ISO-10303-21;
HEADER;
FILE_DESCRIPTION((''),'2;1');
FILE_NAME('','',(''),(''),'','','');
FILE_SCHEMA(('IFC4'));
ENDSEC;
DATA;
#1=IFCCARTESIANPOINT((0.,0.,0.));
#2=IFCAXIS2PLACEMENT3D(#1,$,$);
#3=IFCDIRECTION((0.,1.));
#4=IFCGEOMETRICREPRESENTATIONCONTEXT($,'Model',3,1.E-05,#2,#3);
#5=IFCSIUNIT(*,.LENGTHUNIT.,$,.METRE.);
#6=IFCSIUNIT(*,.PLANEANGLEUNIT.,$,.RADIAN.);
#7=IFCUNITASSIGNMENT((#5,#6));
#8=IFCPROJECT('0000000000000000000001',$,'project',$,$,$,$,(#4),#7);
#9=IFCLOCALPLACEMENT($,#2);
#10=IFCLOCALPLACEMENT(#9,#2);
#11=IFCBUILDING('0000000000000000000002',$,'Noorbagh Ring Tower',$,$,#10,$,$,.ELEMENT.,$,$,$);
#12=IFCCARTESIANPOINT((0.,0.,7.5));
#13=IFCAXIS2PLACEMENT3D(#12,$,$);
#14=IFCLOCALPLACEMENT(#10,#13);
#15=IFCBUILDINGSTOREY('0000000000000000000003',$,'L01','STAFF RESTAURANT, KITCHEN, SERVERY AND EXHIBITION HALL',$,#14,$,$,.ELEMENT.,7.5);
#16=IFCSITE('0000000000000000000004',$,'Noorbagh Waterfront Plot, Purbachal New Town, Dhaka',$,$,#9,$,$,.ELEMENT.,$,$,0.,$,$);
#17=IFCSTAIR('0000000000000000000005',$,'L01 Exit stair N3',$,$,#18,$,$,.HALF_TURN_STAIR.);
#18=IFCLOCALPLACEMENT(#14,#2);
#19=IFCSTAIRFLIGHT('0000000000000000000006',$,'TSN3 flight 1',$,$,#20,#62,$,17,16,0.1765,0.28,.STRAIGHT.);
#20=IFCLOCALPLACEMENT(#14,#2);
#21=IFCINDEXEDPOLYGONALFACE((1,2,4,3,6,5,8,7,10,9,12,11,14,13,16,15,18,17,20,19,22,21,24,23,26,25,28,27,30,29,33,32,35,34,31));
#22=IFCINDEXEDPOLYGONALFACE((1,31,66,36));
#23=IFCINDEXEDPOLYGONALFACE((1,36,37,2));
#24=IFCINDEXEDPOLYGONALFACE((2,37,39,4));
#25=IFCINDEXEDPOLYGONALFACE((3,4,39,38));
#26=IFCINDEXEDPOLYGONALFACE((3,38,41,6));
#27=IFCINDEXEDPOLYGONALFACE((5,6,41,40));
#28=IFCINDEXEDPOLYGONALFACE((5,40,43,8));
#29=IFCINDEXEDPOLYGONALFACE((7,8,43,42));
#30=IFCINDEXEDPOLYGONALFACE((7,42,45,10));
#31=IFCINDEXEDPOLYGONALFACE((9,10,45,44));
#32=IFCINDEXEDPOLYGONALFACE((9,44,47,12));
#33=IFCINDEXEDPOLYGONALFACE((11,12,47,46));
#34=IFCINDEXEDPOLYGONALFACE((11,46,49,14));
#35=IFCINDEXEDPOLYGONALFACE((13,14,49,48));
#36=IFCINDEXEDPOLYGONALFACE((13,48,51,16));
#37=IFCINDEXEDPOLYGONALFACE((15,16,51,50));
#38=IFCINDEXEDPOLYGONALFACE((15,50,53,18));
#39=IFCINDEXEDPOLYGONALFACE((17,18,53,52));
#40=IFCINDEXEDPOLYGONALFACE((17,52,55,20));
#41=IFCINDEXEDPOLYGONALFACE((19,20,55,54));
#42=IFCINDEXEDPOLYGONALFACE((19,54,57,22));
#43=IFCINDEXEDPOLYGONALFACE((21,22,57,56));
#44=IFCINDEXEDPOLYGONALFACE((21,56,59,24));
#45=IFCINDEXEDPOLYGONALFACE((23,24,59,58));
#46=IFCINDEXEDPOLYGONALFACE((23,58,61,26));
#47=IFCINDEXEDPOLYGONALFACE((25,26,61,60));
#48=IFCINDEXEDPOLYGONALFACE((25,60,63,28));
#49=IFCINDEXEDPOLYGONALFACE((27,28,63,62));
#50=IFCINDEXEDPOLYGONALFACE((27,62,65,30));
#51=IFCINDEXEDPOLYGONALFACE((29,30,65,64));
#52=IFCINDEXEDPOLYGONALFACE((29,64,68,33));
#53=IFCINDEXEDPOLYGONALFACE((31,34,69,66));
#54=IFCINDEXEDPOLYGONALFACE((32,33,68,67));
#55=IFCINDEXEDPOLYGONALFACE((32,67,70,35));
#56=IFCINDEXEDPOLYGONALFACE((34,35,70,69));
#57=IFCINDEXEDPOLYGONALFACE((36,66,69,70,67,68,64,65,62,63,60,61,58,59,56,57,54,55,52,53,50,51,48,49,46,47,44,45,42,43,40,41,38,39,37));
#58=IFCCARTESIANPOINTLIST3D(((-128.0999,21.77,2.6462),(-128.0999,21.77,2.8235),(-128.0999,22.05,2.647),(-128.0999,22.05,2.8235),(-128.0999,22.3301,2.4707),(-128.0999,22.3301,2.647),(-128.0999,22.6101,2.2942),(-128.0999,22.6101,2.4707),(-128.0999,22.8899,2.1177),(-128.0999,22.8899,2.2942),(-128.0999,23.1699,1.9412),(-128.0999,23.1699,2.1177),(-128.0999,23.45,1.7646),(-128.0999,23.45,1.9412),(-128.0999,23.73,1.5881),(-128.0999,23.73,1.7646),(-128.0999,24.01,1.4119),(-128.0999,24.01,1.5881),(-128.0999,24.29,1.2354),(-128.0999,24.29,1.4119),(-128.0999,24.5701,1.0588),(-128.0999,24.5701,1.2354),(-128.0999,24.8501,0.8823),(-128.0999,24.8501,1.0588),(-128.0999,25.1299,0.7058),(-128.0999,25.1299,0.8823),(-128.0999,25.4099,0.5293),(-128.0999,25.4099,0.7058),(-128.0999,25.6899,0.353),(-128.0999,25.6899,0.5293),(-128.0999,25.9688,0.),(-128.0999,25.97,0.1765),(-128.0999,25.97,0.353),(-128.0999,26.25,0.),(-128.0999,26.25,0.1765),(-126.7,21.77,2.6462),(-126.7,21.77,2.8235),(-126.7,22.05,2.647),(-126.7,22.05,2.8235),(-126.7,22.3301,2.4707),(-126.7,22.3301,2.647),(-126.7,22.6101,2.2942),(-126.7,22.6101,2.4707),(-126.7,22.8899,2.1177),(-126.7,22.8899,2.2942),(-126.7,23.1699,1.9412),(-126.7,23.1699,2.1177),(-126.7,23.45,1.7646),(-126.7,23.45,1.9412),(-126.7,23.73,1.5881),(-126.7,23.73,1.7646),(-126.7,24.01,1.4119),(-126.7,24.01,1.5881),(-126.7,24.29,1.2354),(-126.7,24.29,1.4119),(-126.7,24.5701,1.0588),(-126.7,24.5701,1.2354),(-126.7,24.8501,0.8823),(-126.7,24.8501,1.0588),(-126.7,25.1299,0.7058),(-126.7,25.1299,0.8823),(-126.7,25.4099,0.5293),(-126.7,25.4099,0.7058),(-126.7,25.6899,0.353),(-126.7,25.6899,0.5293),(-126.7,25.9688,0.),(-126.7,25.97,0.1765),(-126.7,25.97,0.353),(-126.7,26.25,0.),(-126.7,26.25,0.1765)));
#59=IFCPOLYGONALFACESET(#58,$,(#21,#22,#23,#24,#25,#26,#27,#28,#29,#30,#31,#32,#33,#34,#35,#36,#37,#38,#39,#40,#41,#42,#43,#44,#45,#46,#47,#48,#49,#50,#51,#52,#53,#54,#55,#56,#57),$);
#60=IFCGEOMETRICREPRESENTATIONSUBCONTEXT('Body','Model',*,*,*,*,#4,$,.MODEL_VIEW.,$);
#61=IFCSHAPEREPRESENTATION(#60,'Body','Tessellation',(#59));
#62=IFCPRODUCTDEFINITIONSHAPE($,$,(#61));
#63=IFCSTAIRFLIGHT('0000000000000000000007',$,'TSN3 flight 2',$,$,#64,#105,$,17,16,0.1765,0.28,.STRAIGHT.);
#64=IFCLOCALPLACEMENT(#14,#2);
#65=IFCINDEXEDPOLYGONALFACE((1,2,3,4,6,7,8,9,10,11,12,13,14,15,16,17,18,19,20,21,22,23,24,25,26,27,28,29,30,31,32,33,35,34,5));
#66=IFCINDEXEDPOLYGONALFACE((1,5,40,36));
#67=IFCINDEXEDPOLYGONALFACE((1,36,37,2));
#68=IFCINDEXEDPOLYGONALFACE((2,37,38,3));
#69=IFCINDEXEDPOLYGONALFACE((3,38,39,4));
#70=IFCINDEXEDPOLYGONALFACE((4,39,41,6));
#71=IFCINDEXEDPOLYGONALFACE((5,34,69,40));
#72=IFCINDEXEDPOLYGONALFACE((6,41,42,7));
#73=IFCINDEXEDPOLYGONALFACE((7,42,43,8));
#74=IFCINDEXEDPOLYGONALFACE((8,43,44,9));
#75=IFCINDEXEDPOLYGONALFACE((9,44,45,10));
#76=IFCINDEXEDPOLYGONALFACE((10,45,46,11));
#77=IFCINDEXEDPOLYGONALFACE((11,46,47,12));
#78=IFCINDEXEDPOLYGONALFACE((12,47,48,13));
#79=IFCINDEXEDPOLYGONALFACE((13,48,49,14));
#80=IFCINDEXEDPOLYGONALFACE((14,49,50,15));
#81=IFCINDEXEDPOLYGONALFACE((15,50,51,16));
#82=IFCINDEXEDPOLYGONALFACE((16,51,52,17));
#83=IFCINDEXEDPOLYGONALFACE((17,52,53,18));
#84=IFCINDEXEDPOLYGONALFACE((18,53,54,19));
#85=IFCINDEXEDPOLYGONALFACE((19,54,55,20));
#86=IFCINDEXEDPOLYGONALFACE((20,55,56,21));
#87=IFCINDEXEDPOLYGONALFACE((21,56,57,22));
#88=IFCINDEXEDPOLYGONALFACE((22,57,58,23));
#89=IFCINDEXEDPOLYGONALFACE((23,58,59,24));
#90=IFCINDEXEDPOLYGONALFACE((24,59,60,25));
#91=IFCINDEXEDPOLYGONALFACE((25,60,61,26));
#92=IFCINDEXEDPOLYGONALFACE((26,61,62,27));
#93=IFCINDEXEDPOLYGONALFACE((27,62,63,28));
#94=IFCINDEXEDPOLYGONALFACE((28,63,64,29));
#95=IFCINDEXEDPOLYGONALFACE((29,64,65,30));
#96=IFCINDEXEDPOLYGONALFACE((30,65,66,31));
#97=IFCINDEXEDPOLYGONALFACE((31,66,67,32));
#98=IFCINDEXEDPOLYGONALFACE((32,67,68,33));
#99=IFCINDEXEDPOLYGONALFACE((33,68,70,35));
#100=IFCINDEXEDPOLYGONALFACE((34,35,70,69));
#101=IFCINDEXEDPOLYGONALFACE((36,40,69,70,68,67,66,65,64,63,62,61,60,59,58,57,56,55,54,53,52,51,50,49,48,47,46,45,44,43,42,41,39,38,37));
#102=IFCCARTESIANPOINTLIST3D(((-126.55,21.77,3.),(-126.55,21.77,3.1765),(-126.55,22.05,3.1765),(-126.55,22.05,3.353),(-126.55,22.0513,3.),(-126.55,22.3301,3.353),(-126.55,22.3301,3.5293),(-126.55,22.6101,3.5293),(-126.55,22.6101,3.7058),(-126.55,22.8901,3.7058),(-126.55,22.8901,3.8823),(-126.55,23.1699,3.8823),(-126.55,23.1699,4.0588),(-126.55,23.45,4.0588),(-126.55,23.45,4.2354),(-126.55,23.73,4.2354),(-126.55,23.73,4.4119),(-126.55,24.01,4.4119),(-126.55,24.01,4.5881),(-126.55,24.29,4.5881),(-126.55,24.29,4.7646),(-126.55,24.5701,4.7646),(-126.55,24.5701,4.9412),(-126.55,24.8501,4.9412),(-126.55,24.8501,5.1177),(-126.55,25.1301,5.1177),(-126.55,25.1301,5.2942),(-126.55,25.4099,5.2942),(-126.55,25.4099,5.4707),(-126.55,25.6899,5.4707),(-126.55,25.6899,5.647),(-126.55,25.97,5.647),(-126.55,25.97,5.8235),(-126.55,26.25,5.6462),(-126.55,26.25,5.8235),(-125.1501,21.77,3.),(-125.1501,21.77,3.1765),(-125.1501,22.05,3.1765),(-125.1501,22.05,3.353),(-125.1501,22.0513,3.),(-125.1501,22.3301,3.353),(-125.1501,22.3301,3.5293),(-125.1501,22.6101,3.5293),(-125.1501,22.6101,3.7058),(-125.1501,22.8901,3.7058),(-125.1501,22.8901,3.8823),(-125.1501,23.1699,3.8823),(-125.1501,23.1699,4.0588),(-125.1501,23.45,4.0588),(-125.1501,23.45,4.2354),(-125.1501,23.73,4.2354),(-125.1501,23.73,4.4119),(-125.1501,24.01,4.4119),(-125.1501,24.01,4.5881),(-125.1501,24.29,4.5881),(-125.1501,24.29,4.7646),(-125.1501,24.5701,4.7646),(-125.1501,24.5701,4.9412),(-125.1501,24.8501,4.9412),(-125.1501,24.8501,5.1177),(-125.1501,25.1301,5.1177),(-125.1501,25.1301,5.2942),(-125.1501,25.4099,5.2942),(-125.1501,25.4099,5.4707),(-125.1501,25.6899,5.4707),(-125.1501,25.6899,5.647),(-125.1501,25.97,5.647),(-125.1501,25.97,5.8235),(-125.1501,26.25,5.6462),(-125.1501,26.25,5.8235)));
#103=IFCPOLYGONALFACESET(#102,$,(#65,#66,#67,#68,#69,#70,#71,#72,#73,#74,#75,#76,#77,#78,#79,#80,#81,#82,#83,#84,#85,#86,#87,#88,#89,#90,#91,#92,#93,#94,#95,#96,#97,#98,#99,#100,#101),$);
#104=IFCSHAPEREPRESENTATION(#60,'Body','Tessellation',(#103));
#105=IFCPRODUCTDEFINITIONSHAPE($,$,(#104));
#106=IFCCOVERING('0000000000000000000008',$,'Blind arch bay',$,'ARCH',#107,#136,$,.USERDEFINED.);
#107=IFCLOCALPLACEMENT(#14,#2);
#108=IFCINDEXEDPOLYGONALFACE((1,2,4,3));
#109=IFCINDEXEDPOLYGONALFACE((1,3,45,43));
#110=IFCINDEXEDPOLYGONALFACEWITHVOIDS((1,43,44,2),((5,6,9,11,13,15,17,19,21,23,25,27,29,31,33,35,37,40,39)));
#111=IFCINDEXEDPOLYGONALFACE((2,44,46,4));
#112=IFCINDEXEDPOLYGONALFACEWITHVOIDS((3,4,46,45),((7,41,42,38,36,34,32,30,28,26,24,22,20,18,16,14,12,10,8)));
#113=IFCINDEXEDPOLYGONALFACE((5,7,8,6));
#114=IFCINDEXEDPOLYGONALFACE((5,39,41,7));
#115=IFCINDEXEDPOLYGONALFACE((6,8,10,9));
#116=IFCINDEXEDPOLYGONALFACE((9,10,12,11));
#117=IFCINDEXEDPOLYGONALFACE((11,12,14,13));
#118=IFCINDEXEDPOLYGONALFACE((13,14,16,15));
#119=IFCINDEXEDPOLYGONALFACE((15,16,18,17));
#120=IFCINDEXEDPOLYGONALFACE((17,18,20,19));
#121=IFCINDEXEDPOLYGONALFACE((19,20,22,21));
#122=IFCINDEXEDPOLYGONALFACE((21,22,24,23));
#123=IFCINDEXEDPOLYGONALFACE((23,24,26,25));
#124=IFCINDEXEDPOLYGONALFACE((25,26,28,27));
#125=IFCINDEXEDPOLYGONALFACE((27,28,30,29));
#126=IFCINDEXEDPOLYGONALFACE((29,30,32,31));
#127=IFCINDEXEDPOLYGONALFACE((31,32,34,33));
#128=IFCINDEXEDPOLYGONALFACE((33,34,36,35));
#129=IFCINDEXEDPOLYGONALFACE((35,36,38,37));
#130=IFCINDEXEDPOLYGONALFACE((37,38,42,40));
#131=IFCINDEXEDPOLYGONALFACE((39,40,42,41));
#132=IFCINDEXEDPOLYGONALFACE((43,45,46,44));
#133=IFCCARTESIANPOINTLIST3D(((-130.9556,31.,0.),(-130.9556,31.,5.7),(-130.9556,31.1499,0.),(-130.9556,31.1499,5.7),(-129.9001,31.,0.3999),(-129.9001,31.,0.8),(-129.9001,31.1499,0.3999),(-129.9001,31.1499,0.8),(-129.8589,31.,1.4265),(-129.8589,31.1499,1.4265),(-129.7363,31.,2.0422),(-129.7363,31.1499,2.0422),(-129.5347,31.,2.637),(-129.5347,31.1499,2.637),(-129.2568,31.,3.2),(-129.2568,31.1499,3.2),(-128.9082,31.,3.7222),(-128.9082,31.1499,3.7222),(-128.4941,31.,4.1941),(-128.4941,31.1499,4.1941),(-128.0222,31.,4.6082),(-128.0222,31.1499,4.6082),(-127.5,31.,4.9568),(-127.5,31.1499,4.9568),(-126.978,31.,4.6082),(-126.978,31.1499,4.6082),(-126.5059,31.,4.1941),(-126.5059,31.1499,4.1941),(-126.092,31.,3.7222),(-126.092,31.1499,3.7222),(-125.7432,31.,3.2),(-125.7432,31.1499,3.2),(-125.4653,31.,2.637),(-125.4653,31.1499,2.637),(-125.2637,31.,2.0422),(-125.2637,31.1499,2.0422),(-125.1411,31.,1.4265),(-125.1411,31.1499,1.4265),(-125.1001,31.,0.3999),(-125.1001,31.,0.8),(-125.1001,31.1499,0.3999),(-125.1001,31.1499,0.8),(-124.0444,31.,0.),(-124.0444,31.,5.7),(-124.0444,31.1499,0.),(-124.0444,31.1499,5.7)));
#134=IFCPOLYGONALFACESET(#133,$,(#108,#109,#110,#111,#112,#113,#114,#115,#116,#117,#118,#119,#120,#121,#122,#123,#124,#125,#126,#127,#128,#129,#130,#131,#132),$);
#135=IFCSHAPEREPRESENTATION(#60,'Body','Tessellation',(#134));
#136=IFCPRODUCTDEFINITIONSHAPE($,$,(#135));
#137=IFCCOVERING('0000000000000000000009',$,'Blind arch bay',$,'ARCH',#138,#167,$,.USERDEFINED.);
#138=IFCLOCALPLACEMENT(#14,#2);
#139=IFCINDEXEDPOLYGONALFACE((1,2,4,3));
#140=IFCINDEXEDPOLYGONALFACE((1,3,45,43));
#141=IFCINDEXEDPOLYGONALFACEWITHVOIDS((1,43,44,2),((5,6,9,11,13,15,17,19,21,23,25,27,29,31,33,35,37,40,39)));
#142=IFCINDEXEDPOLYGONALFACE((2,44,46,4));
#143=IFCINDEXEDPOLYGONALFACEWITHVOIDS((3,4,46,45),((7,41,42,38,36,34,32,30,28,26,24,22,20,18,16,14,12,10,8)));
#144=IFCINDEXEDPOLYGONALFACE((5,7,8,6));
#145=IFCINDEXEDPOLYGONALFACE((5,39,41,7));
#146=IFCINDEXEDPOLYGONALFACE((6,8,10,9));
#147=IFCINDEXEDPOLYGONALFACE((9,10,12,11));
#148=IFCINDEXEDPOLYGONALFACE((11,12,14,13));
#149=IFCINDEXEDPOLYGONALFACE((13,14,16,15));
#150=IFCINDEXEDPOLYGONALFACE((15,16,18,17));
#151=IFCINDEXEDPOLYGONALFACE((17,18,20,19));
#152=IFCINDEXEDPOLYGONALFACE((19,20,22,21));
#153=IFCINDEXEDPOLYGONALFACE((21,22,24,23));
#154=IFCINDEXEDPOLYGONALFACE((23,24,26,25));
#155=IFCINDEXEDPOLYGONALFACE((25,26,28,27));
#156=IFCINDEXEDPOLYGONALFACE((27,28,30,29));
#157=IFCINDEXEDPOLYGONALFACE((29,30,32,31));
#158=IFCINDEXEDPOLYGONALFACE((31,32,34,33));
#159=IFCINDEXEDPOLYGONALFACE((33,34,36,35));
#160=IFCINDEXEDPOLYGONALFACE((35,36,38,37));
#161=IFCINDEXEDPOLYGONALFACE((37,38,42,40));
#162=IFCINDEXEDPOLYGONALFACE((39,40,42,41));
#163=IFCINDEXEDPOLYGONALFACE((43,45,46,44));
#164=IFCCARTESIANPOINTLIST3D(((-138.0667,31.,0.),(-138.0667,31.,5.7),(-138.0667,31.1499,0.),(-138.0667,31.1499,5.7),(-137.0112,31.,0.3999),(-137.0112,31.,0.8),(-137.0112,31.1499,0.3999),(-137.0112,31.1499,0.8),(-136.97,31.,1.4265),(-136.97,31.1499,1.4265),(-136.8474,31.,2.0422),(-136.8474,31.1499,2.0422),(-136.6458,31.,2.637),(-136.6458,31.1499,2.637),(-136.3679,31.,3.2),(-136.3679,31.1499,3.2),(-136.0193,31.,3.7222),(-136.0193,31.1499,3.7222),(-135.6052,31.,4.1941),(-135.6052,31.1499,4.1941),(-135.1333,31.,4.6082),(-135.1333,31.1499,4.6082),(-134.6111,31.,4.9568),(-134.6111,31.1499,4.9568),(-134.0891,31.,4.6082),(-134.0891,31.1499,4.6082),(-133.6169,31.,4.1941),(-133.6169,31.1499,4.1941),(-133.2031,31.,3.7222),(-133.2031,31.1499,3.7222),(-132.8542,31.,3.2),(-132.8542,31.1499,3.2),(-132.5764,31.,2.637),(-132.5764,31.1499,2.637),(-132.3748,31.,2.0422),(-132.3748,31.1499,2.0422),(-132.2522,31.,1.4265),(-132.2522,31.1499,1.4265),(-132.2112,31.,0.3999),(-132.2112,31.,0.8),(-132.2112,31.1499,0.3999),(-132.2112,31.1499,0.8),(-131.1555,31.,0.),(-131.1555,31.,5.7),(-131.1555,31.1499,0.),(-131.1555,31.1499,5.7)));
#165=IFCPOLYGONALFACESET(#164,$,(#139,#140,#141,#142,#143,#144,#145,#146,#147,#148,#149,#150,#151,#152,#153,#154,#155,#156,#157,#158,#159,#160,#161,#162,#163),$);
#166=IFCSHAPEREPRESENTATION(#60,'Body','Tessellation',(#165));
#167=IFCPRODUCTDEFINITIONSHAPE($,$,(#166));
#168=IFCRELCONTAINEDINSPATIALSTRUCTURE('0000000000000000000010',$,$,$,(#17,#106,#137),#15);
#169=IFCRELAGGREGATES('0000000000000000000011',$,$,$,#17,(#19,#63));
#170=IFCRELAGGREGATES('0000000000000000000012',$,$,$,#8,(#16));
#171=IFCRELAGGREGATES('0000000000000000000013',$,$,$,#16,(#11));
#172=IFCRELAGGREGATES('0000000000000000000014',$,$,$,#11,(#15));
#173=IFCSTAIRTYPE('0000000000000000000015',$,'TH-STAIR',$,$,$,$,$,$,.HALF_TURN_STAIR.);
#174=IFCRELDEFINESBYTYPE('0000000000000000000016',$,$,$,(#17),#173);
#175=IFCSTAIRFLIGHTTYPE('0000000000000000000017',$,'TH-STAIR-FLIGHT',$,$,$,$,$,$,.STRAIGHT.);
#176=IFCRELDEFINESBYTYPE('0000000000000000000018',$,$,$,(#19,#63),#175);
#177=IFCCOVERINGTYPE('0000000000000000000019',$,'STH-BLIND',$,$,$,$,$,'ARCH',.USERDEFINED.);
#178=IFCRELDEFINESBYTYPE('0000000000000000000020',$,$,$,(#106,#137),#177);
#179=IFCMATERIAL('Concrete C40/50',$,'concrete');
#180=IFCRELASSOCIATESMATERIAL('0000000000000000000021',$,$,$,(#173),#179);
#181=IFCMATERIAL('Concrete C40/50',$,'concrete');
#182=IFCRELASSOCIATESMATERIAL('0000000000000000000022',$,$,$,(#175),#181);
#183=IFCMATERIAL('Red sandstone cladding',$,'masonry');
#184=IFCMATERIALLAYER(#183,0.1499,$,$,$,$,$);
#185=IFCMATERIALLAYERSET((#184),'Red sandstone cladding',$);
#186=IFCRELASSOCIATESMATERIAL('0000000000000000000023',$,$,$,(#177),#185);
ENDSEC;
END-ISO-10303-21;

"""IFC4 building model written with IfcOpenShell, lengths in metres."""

from ifc_helpers import new_model, si_unit, direction, frame, origin, place, context, subcontext, project, spatial, polyline, outline, extrude, material, layer, layer_set, type_object, element, aggregate, save


model = new_model("IFC4")

# Units and contexts
model_context = context("Model", 3, precision=1e-05, world=origin(), true_north=direction((0.0, 1.0)))
body_context = subcontext(model_context, "Body", "Model", "MODEL_VIEW")
ifc_project = project(units=[si_unit("LENGTHUNIT", "METRE"), si_unit("PLANEANGLEUNIT", "RADIAN")], contexts=[model_context])

# Site, building, storey
site_placement = place(None, origin())
site = spatial("IfcSite", under=ifc_project, at=site_placement, Name="Noorbagh Waterfront Plot, Purbachal New Town, Dhaka", CompositionType="ELEMENT", RefElevation=0.0)
building_placement = place(site_placement, origin())
building = spatial("IfcBuilding", under=site, at=building_placement, Name="Noorbagh Ring Tower", CompositionType="ELEMENT")
storey_placement = place(building_placement, frame((0.0, 0.0, 7.5)))
storey = spatial("IfcBuildingStorey", under=building, at=storey_placement, Name="L01", Description="STAFF RESTAURANT, KITCHEN, SERVERY AND EXHIBITION HALL", CompositionType="ELEMENT", Elevation=7.5)

# Shared definitions
ifc_material_1 = material(Name="Concrete C40/50", Category="concrete")
stair_type = type_object("IfcStairType", Name="TH-STAIR", PredefinedType="HALF_TURN_STAIR", material=ifc_material_1)
ifc_material_2 = material(Name="Concrete C40/50", Category="concrete")
stair_flight_type = type_object("IfcStairFlightType", Name="TH-STAIR-FLIGHT", PredefinedType="STRAIGHT", material=ifc_material_2)

# Stair, stair flights
stair_1_placement = place(storey_placement, origin())
stair_1 = element("IfcStair", 1, at=stair_1_placement, inside=storey, type_object=stair_type, Name="L01 Exit stair N3", PredefinedType="HALF_TURN_STAIR")
stair_flight_1_placement = place(storey_placement, frame((-127.3999, 26.25, 0.0), z_axis=(0.0, 0.0, 1.0), x_axis=(0.0, -1.0, 0.0)))
stair_flight_1 = element("IfcStairFlight", 2, at=stair_flight_1_placement, type_object=stair_flight_type, Name="TSN3 flight 1", NumberOfRisers=17, NumberOfTreads=16, PredefinedType="STRAIGHT", RiserHeight=0.1765, TreadLength=0.28, context=body_context, shape_type="SweptSolid", body=[
    extrude(outline(polyline([(0.0, 0.0), (0.0, 0.1765), (0.28, 0.1765), (0.28, 0.353), (0.5601, 0.353), (0.5601, 0.5293), (0.8401, 0.5293), (0.8401, 0.7058), (1.1201, 0.7058), (1.1201, 0.8823), (1.3999, 0.8823), (1.3999, 1.0588), (1.6799, 1.0588), (1.6799, 1.2354), (1.96, 1.2354), (1.96, 1.4119), (2.24, 1.4119), (2.24, 1.5881), (2.52, 1.5881), (2.52, 1.7646), (2.8, 1.7646), (2.8, 1.9412), (3.0801, 1.9412), (3.0801, 2.1177), (3.3601, 2.1177), (3.3601, 2.2942), (3.6399, 2.2942), (3.6399, 2.4707), (3.9199, 2.4707), (3.9199, 2.647), (4.2, 2.647), (4.2, 2.8235), (4.48, 2.8235), (4.48, 3.0), (4.48, 2.6462), (0.2812, 0.0), (0.0, 0.0)])), frame((0.0, 0.7, 0.0), z_axis=(0.0, -1.0, 0.0), x_axis=(1.0, 0.0, 0.0)), (0.0, 0.0, 1.0), 1.3999),
])
stair_flight_2_placement = place(storey_placement, frame((-125.8501, 21.77, 3.0), z_axis=(0.0, 0.0, 1.0), x_axis=(0.0, 1.0, 0.0)))
stair_flight_2 = element("IfcStairFlight", 3, at=stair_flight_2_placement, type_object=stair_flight_type, Name="TSN3 flight 2", NumberOfRisers=17, NumberOfTreads=16, PredefinedType="STRAIGHT", RiserHeight=0.1765, TreadLength=0.28, context=body_context, shape_type="SweptSolid", body=[
    extrude(outline(polyline([(0.0, 0.0), (0.0, 0.1765), (0.28, 0.1765), (0.28, 0.353), (0.5601, 0.353), (0.5601, 0.5293), (0.8401, 0.5293), (0.8401, 0.7058), (1.1201, 0.7058), (1.1201, 0.8823), (1.3999, 0.8823), (1.3999, 1.0588), (1.6799, 1.0588), (1.6799, 1.2354), (1.96, 1.2354), (1.96, 1.4119), (2.24, 1.4119), (2.24, 1.5881), (2.52, 1.5881), (2.52, 1.7646), (2.8, 1.7646), (2.8, 1.9412), (3.0801, 1.9412), (3.0801, 2.1177), (3.3601, 2.1177), (3.3601, 2.2942), (3.6399, 2.2942), (3.6399, 2.4707), (3.9199, 2.4707), (3.9199, 2.647), (4.2, 2.647), (4.2, 2.8235), (4.48, 2.8235), (4.48, 3.0), (4.48, 2.6462), (0.2812, 0.0), (0.0, 0.0)])), frame((0.0, 0.7, 0.0), z_axis=(0.0, -1.0, 0.0), x_axis=(1.0, 0.0, 0.0)), (0.0, 0.0, 1.0), 1.3999),
])
aggregate(stair_1, [stair_flight_1, stair_flight_2])

# Coverings
ifc_material_3 = material(Name="Red sandstone cladding", Category="masonry")
ifc_layer_1 = layer(ifc_material_3, 0.1499)
ifc_layer_set_1 = layer_set([ifc_layer_1], Name="Red sandstone cladding")
covering_type = type_object("IfcCoveringType", Name="STH-BLIND", ElementType="ARCH", PredefinedType="USERDEFINED", material=ifc_layer_set_1)
for number, where, z_axis, x_axis, name in (
    (4, (-124.0444, 31.1499, 0.0), (0.0, 1.0, 0.0), (-1.0, 0.0, 0.0), "Blind arch bay"),
    (5, (-131.1555, 31.1499, 0.0), (0.0, 1.0, 0.0), (-1.0, 0.0, 0.0), "Blind arch bay"),
):
    element("IfcCovering", number, at=place(storey_placement, frame(where, z_axis=z_axis, x_axis=x_axis)), inside=storey, type_object=covering_type, Name=name, ObjectType="ARCH", PredefinedType="USERDEFINED", context=body_context, shape_type="SweptSolid", body=[
        extrude(outline(polyline([(0.0, 0.0), (6.9111, 0.0), (6.9111, 5.7), (0.0, 5.7), (0.0, 0.0)]), holes=[polyline([(1.0557, 0.3999), (1.0557, 0.8), (1.0967, 1.4265), (1.2192, 2.0422), (1.4209, 2.637), (1.6987, 3.2), (2.0476, 3.7222), (2.4614, 4.1941), (2.9336, 4.6082), (3.4556, 4.9568), (3.9778, 4.6082), (4.4497, 4.1941), (4.8638, 3.7222), (5.2124, 3.2), (5.4902, 2.637), (5.6919, 2.0422), (5.8145, 1.4265), (5.8557, 0.8), (5.8557, 0.3999), (1.0557, 0.3999)])]), origin(), (0.0, 0.0, -1.0), 0.1499),
    ])

save(model, "model.ifc")
